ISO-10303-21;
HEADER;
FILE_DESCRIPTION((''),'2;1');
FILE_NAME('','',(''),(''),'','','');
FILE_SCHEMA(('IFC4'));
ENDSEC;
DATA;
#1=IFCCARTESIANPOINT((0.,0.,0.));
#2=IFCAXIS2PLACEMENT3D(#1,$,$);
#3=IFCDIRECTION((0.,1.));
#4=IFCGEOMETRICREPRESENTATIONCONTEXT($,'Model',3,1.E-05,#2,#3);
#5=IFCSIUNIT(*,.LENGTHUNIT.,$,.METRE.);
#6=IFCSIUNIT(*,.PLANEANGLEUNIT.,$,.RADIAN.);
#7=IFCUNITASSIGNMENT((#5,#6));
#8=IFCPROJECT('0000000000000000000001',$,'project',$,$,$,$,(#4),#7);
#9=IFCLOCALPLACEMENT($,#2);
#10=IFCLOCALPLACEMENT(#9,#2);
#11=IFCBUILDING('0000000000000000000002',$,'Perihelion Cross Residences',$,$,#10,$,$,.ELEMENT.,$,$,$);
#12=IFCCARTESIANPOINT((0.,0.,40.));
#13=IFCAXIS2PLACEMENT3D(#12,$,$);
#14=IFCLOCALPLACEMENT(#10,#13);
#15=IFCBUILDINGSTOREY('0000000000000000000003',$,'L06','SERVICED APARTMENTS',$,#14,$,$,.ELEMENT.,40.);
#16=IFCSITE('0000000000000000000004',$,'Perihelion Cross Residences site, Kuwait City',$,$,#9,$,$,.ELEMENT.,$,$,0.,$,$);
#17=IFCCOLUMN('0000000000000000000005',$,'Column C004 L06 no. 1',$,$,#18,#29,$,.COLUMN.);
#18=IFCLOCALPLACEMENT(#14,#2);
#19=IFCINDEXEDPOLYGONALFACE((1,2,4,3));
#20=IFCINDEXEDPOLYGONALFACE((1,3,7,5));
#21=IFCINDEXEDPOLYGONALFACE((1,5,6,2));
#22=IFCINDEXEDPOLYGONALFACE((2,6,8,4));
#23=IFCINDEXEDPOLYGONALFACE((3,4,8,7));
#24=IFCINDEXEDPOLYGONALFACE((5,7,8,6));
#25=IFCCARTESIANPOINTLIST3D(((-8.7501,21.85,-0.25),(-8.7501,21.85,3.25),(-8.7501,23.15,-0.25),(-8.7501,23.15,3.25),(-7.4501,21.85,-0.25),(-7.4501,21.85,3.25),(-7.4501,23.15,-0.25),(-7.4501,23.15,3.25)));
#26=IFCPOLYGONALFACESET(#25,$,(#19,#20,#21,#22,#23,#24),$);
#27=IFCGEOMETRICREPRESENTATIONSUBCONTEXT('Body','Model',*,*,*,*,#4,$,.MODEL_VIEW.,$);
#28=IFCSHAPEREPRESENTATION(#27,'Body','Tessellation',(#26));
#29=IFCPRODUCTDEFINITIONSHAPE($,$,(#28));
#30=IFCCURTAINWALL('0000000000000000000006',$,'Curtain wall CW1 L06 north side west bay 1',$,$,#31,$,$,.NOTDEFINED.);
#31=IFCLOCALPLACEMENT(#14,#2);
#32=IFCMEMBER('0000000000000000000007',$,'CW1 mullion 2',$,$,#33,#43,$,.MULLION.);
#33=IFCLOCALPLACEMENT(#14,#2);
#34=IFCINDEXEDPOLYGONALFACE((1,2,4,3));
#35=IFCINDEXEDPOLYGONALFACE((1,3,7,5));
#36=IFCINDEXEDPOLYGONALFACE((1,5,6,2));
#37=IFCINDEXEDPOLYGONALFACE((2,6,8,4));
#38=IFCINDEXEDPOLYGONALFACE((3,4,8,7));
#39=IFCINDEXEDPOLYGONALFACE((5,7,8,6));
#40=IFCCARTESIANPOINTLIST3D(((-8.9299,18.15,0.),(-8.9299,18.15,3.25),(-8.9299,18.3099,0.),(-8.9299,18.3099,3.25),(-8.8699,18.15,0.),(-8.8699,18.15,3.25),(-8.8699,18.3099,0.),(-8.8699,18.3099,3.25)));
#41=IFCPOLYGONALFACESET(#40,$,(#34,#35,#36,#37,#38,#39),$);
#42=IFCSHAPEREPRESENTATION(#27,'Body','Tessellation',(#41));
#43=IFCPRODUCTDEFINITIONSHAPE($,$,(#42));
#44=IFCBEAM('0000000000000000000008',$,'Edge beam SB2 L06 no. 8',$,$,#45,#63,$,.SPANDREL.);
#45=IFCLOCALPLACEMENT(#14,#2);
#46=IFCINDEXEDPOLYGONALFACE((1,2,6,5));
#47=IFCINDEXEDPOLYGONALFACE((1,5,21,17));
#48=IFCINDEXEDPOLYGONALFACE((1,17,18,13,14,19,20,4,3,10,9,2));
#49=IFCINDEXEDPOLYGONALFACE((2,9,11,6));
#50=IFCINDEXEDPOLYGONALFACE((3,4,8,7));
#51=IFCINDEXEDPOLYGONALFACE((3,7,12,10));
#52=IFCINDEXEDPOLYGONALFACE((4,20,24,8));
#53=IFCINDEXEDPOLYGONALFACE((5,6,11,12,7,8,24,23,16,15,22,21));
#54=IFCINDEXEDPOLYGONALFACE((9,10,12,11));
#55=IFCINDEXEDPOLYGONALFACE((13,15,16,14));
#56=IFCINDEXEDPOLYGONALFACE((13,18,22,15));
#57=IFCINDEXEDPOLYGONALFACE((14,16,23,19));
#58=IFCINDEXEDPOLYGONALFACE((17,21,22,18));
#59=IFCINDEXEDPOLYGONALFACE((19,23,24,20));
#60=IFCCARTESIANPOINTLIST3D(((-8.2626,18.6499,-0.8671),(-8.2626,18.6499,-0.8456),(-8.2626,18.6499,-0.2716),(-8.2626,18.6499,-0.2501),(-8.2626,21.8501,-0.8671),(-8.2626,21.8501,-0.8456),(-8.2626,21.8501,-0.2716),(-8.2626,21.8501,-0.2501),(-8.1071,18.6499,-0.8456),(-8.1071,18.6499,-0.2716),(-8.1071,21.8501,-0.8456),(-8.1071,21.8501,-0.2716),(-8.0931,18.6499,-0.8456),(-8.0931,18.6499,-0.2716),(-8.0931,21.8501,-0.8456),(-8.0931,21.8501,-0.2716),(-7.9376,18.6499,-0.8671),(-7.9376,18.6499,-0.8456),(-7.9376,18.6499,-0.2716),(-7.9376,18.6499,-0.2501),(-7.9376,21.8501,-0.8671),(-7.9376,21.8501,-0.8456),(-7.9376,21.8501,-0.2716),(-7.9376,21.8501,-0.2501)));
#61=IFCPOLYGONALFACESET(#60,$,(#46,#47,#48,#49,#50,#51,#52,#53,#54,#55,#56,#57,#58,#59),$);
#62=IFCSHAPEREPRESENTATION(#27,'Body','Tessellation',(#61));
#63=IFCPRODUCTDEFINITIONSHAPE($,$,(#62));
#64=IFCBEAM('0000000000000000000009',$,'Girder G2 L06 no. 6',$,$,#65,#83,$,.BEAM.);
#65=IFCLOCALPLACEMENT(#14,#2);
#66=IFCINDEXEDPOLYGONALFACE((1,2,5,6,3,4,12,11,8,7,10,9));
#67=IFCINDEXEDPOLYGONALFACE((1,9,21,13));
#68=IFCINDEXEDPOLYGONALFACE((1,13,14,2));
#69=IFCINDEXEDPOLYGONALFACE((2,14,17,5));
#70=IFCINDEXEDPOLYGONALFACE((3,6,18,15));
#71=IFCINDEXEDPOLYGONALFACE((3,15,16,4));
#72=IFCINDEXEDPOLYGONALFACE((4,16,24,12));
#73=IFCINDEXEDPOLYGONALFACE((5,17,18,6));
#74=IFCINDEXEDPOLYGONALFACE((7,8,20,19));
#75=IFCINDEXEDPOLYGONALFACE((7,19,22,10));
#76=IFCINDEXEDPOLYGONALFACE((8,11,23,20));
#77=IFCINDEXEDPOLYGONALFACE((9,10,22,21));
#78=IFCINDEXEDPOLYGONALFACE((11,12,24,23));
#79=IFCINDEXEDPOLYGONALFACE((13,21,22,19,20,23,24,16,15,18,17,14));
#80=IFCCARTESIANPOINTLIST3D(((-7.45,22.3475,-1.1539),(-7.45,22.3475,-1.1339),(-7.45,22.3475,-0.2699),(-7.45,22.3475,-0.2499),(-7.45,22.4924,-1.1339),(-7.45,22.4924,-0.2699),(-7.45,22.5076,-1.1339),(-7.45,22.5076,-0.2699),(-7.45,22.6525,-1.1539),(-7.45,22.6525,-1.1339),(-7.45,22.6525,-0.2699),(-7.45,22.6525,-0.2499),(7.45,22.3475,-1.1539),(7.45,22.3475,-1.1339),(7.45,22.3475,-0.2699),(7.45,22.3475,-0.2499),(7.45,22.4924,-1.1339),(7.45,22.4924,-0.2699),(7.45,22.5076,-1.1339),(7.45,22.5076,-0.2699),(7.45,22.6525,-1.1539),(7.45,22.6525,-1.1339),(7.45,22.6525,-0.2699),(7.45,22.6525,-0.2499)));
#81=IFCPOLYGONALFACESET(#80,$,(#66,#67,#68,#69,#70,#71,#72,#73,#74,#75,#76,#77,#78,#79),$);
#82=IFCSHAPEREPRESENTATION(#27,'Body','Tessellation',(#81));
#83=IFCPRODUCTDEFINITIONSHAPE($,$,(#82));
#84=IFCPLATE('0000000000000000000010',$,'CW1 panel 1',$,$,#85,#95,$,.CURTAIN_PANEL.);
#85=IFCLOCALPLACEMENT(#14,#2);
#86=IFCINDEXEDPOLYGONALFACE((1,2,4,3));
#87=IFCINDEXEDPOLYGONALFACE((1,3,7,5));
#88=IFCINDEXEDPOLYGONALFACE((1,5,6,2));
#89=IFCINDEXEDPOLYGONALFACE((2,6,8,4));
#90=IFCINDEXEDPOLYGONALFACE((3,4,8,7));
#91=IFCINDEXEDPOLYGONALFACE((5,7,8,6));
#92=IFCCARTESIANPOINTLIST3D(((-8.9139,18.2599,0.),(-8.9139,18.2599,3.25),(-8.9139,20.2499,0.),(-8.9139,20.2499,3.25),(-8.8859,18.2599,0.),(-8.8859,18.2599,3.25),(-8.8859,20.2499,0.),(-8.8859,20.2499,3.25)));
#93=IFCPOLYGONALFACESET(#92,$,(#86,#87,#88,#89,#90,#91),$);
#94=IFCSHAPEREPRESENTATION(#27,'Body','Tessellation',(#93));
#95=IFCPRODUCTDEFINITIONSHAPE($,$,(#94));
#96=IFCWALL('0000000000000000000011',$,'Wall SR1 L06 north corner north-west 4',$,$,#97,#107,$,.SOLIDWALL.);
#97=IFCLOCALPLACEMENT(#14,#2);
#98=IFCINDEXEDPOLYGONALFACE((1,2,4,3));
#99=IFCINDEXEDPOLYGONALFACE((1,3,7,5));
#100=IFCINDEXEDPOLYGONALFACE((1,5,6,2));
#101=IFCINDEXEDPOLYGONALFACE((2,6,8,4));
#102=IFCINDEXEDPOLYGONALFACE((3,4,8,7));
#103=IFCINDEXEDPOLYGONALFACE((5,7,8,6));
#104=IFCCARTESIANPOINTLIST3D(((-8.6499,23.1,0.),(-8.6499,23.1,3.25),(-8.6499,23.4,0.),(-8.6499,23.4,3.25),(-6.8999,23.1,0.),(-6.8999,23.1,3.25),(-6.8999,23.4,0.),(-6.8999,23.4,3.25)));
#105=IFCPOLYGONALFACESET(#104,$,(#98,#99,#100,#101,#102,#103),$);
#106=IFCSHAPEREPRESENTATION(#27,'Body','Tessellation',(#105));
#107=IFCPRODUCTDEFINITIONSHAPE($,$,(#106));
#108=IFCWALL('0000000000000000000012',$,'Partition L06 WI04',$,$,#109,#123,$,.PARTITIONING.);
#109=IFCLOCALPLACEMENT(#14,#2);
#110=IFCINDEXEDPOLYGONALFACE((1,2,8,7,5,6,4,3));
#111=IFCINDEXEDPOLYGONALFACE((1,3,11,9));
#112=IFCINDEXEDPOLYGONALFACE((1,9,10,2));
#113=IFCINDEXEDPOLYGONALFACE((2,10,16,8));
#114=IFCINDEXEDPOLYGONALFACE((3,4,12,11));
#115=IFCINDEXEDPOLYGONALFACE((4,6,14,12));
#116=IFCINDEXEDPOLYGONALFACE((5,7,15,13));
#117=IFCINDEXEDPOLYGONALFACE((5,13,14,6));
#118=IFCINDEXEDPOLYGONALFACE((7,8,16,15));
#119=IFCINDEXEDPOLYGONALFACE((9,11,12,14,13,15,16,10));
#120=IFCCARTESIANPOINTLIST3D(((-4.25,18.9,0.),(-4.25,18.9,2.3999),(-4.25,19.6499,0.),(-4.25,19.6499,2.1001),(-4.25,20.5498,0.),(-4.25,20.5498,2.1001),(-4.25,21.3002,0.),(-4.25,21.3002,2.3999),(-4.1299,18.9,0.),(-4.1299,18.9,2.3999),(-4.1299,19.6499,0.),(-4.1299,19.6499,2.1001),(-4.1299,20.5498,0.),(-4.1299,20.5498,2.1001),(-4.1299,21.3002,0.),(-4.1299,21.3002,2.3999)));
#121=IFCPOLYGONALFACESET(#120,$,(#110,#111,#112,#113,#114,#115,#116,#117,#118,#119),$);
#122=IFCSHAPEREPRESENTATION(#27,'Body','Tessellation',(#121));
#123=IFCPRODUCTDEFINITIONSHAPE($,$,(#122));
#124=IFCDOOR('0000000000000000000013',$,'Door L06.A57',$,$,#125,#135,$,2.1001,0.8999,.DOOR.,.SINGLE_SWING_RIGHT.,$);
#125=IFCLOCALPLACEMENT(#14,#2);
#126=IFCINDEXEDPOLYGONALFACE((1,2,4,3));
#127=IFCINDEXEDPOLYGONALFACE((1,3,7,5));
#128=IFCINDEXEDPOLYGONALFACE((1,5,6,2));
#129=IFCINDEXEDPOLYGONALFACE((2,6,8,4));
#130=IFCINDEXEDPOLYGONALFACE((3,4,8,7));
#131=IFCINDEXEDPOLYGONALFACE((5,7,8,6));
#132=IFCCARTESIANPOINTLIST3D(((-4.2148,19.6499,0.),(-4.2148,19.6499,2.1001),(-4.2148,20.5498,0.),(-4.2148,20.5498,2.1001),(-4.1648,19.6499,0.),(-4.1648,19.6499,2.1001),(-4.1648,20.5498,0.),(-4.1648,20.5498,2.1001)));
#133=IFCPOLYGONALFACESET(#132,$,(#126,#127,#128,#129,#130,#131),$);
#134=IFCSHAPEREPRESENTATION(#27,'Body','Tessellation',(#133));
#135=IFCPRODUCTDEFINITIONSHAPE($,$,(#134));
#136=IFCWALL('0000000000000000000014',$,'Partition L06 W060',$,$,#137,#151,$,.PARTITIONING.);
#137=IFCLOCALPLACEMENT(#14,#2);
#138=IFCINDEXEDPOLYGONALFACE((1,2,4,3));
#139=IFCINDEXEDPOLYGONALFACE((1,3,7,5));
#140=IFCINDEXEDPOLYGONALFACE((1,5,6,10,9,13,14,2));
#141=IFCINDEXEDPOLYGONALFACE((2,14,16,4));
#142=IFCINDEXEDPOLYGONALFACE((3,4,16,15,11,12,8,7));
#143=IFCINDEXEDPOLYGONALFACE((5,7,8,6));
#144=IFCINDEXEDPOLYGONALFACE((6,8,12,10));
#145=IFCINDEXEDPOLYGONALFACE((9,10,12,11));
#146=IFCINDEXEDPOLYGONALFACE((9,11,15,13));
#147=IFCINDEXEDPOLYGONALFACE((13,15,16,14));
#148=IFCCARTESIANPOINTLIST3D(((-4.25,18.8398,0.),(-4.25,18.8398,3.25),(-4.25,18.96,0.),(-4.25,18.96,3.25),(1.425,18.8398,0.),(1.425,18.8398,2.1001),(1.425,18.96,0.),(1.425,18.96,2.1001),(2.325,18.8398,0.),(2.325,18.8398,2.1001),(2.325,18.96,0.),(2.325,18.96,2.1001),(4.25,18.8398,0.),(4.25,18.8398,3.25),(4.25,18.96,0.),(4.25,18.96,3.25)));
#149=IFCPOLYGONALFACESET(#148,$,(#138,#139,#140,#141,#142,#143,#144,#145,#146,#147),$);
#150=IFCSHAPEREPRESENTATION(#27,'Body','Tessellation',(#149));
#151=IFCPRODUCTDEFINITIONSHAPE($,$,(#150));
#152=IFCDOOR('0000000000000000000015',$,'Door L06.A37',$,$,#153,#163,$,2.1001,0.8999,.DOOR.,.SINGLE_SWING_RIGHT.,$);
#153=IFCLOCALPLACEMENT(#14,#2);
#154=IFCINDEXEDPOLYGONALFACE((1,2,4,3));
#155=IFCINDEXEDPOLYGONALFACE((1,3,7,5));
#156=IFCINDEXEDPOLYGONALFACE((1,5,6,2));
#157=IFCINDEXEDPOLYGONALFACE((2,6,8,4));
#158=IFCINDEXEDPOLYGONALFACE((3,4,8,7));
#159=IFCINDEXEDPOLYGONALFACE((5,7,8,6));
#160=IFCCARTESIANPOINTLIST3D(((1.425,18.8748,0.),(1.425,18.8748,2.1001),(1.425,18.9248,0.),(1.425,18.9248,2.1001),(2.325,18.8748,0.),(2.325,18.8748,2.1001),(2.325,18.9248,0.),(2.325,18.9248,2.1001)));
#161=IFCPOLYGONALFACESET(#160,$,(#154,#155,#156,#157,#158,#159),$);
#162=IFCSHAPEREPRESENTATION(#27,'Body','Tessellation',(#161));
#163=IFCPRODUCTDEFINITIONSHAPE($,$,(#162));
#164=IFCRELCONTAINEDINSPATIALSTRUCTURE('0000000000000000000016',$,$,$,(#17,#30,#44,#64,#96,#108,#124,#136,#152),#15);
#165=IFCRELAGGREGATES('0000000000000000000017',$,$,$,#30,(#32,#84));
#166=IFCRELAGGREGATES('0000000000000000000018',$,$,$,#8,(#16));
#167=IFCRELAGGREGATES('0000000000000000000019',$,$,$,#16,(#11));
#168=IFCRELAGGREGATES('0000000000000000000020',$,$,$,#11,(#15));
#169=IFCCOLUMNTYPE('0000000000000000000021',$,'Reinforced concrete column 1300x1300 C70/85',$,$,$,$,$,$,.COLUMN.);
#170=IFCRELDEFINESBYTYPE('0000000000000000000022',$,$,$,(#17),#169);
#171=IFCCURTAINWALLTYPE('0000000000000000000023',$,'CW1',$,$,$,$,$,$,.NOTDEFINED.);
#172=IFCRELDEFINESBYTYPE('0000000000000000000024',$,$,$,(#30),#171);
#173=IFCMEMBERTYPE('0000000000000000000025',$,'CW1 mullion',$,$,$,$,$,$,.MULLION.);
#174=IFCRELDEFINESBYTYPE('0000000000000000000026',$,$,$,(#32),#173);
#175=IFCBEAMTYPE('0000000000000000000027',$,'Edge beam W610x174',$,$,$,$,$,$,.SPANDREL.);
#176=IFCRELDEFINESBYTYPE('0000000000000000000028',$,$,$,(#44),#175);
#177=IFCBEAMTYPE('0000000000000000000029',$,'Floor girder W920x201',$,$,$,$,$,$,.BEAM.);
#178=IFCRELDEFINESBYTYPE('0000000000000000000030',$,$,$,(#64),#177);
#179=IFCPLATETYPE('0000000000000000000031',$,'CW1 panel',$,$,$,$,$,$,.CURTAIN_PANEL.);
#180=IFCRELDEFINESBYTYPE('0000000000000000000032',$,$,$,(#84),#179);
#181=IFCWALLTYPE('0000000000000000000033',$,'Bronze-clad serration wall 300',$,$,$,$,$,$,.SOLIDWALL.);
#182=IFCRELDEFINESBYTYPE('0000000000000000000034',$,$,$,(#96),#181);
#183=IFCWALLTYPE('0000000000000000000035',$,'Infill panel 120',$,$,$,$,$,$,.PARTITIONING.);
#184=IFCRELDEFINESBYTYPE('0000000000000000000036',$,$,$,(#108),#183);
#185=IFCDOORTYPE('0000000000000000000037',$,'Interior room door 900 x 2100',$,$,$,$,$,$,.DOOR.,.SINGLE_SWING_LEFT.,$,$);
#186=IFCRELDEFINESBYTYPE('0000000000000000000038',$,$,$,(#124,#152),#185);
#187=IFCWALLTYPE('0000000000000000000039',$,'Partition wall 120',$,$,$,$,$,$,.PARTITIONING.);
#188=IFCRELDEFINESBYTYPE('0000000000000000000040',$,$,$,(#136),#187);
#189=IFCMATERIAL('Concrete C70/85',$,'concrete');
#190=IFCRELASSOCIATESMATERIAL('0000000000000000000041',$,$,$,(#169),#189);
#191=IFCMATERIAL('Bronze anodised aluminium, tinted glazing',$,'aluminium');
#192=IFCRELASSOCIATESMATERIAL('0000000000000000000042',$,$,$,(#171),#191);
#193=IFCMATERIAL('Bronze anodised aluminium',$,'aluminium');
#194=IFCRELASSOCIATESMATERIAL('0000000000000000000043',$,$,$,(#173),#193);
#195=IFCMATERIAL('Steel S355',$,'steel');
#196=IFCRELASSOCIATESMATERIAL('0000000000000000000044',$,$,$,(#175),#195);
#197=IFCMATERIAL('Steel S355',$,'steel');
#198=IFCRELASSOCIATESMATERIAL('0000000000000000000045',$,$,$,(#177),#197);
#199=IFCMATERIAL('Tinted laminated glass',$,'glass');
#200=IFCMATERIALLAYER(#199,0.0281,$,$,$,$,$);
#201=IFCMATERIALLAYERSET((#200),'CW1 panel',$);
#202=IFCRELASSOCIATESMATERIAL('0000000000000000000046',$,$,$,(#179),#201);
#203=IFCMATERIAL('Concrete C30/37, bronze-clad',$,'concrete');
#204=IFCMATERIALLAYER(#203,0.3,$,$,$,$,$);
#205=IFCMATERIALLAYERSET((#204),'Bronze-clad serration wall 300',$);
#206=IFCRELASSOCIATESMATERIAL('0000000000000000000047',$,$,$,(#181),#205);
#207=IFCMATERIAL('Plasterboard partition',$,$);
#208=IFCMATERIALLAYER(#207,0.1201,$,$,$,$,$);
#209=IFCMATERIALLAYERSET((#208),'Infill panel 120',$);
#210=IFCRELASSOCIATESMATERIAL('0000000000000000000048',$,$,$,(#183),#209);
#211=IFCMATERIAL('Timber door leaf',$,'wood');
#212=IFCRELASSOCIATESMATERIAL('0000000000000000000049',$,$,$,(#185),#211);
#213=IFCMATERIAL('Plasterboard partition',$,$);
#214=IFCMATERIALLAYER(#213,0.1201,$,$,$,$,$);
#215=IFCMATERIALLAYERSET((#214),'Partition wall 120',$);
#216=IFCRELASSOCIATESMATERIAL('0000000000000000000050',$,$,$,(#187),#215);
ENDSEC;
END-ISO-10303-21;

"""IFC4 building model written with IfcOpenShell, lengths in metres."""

from ifc_helpers import new_model, si_unit, direction, frame, frame_2d, origin, origin_2d, place, context, subcontext, project, spatial, rectangle, i_section, extrude, material, layer, layer_set, material_profile, profile_set, type_object, element, fill, aggregate, save


model = new_model("IFC4")

# Units and contexts
model_context = context("Model", 3, precision=1e-05, world=origin(), true_north=direction((0.0, 1.0)))
body_context = subcontext(model_context, "Body", "Model", "MODEL_VIEW")
ifc_project = project(units=[si_unit("LENGTHUNIT", "METRE"), si_unit("PLANEANGLEUNIT", "RADIAN")], contexts=[model_context])

# Site, building, storey
site_placement = place(None, origin())
site = spatial("IfcSite", under=ifc_project, at=site_placement, Name="Perihelion Cross Residences site, Kuwait City", CompositionType="ELEMENT", RefElevation=0.0)
building_placement = place(site_placement, origin())
building = spatial("IfcBuilding", under=site, at=building_placement, Name="Perihelion Cross Residences", CompositionType="ELEMENT")
storey_placement = place(building_placement, frame((0.0, 0.0, 40.0)))
storey = spatial("IfcBuildingStorey", under=building, at=storey_placement, Name="L06", Description="SERVICED APARTMENTS", CompositionType="ELEMENT", Elevation=40.0)

# Column
ifc_material_1 = material(Name="Concrete C70/85", Category="concrete")
ifc_material_profile_1 = material_profile(ifc_material_1, rectangle(XDim=1.3, YDim=1.3, at=origin_2d()), Name="RC 1300x1300")
ifc_profile_set_1 = profile_set([ifc_material_profile_1], Name="Concrete C70/85")
column_type = type_object("IfcColumnType", Name="Reinforced concrete column 1300x1300 C70/85", PredefinedType="COLUMN", material=ifc_profile_set_1)
column_placement = place(storey_placement, frame((-8.1001, 22.5, -0.25), z_axis=(0.0, 0.0, 1.0), x_axis=(1.0, 0.0, 0.0)))
element("IfcColumn", 1, at=column_placement, inside=storey, type_object=column_type, Name="Column C004 L06 no. 1", PredefinedType="COLUMN", context=body_context, shape_type="SweptSolid", body=[
    extrude(rectangle(XDim=1.3, YDim=1.3, at=origin_2d()), origin(), (0.0, 0.0, 1.0), 3.5),
])

# Curtain wall, member
ifc_material_2 = material(Name="Bronze anodised aluminium, tinted glazing", Category="aluminium")
curtain_wall_type = type_object("IfcCurtainWallType", Name="CW1", PredefinedType="NOTDEFINED", material=ifc_material_2)
curtain_wall_placement = place(storey_placement, origin())
curtain_wall = element("IfcCurtainWall", 2, at=curtain_wall_placement, inside=storey, type_object=curtain_wall_type, Name="Curtain wall CW1 L06 north side west bay 1", PredefinedType="NOTDEFINED")
ifc_material_3 = material(Name="Bronze anodised aluminium", Category="aluminium")
ifc_material_profile_2 = material_profile(ifc_material_3, rectangle(XDim=0.0601, YDim=0.1599, at=origin_2d()), Name="CW1 mullion")
ifc_profile_set_2 = profile_set([ifc_material_profile_2], Name="Bronze anodised aluminium")
member_type = type_object("IfcMemberType", Name="CW1 mullion", PredefinedType="MULLION", material=ifc_profile_set_2)
member_placement = place(storey_placement, frame((-8.8999, 18.23, 0.0), z_axis=(0.0, 0.0, 1.0), x_axis=(1.0, 0.0, 0.0)))
member = element("IfcMember", 3, at=member_placement, type_object=member_type, Name="CW1 mullion 2", PredefinedType="MULLION", context=body_context, shape_type="SweptSolid", body=[
    extrude(rectangle(XDim=0.0601, YDim=0.1599, at=origin_2d()), origin(), (0.0, 0.0, 1.0), 3.25),
])

# Beams
ifc_material_4 = material(Name="Steel S355", Category="steel")
ifc_material_profile_3 = material_profile(ifc_material_4, i_section(OverallWidth=0.325, OverallDepth=0.6169, WebThickness=0.0139, FlangeThickness=0.0215, at=origin_2d()), Name="W610x174")
ifc_profile_set_3 = profile_set([ifc_material_profile_3], Name="Steel S355")
beam_type_1 = type_object("IfcBeamType", Name="Edge beam W610x174", PredefinedType="SPANDREL", material=ifc_profile_set_3)
beam_1_placement = place(storey_placement, frame((-8.1001, 21.8501, -0.5586), z_axis=(0.0, -1.0, 0.0), x_axis=(1.0, 0.0, 0.0)))
element("IfcBeam", 4, at=beam_1_placement, inside=storey, type_object=beam_type_1, Name="Edge beam SB2 L06 no. 8", PredefinedType="SPANDREL", context=body_context, shape_type="SweptSolid", body=[
    extrude(i_section(OverallWidth=0.325, OverallDepth=0.6169, WebThickness=0.0139, FlangeThickness=0.0215, at=origin_2d()), origin(), (0.0, 0.0, 1.0), 3.2002),
])
ifc_material_5 = material(Name="Steel S355", Category="steel")
ifc_material_profile_4 = material_profile(ifc_material_5, i_section(OverallWidth=0.3049, OverallDepth=0.9041, WebThickness=0.0151, FlangeThickness=0.02, at=origin_2d()), Name="W920x201")
ifc_profile_set_4 = profile_set([ifc_material_profile_4], Name="Steel S355")
beam_type_2 = type_object("IfcBeamType", Name="Floor girder W920x201", PredefinedType="BEAM", material=ifc_profile_set_4)
beam_2_placement = place(storey_placement, frame((-7.45, 22.5, -0.7019), z_axis=(1.0, 0.0, 0.0), x_axis=(0.0, 1.0, 0.0)))
element("IfcBeam", 5, at=beam_2_placement, inside=storey, type_object=beam_type_2, Name="Girder G2 L06 no. 6", PredefinedType="BEAM", context=body_context, shape_type="SweptSolid", body=[
    extrude(i_section(OverallWidth=0.3049, OverallDepth=0.9041, WebThickness=0.0151, FlangeThickness=0.02, at=origin_2d()), origin(), (0.0, 0.0, 1.0), 14.8999),
])

# Plate
ifc_material_6 = material(Name="Tinted laminated glass", Category="glass")
ifc_layer_1 = layer(ifc_material_6, 0.0281)
ifc_layer_set_1 = layer_set([ifc_layer_1], Name="CW1 panel")
plate_type = type_object("IfcPlateType", Name="CW1 panel", PredefinedType="CURTAIN_PANEL", material=ifc_layer_set_1)
plate_placement = place(storey_placement, frame((-8.8999, 19.2549, 0.0), z_axis=(0.0, 0.0, 1.0), x_axis=(0.0, -1.0, 0.0)))
plate = element("IfcPlate", 6, at=plate_placement, type_object=plate_type, Name="CW1 panel 1", PredefinedType="CURTAIN_PANEL", context=body_context, shape_type="SweptSolid", body=[
    extrude(rectangle(XDim=1.99, YDim=0.0281, at=origin_2d()), origin(), (0.0, 0.0, 1.0), 3.25),
])
aggregate(curtain_wall, [member, plate])

# Wall
ifc_material_7 = material(Name="Concrete C30/37, bronze-clad", Category="concrete")
ifc_layer_2 = layer(ifc_material_7, 0.3)
ifc_layer_set_2 = layer_set([ifc_layer_2], Name="Bronze-clad serration wall 300")
wall_type_1 = type_object("IfcWallType", Name="Bronze-clad serration wall 300", PredefinedType="SOLIDWALL", material=ifc_layer_set_2)
wall_1_placement = place(storey_placement, frame((-6.8999, 23.25, 0.0), z_axis=(0.0, 0.0, 1.0), x_axis=(-1.0, 0.0, 0.0)))
element("IfcWall", 7, at=wall_1_placement, inside=storey, type_object=wall_type_1, Name="Wall SR1 L06 north corner north-west 4", PredefinedType="SOLIDWALL", context=body_context, shape_type="SweptSolid", body=[
    extrude(rectangle(XDim=1.75, YDim=0.3, at=frame_2d((0.875, 0.0))), origin(), (0.0, 0.0, 1.0), 3.25),
])

# Walls, openings, doors
ifc_material_8 = material(Name="Plasterboard partition")
ifc_layer_3 = layer(ifc_material_8, 0.1201)
ifc_layer_set_3 = layer_set([ifc_layer_3], Name="Infill panel 120")
wall_type_2 = type_object("IfcWallType", Name="Infill panel 120", PredefinedType="PARTITIONING", material=ifc_layer_set_3)
wall_2_placement = place(storey_placement, frame((-4.1899, 18.8999, 0.0), z_axis=(0.0, 0.0, 1.0), x_axis=(0.0, 1.0, 0.0)))
wall_2 = element("IfcWall", 8, at=wall_2_placement, inside=storey, type_object=wall_type_2, Name="Partition L06 WI04", PredefinedType="PARTITIONING", context=body_context, shape_type="SweptSolid", body=[
    extrude(rectangle(XDim=2.4001, YDim=0.1201, at=frame_2d((1.2002, 0.0))), origin(), (0.0, 0.0, 1.0), 2.3999),
])
opening_1_placement = place(wall_2_placement, frame((0.75, 0.0, 0.0)))
opening_1 = element("IfcOpeningElement", 9, at=opening_1_placement, cuts=wall_2, PredefinedType="OPENING", context=body_context, shape_type="SweptSolid", body=[
    extrude(rectangle(XDim=0.8999, YDim=2.1001, at=frame_2d((0.45, 1.05))), frame((0.0, 0.0701, 0.0), z_axis=(0.0, -1.0, 0.0), x_axis=(1.0, 0.0, 0.0)), (0.0, 0.0, 1.0), 0.1401),
])
ifc_material_9 = material(Name="Timber door leaf", Category="wood")
door_type_1 = type_object("IfcDoorType", Name="Interior room door 900 x 2100", OperationType="SINGLE_SWING_LEFT", PredefinedType="DOOR", material=ifc_material_9)
door_1_placement = place(opening_1_placement, origin())
door_1 = element("IfcDoor", 10, at=door_1_placement, inside=storey, type_object=door_type_1, Name="Door L06.A57", OperationType="SINGLE_SWING_RIGHT", OverallHeight=2.1001, OverallWidth=0.8999, PredefinedType="DOOR", context=body_context, shape_type="SweptSolid", body=[
    extrude(rectangle(XDim=0.8999, YDim=2.1001, at=frame_2d((0.45, 1.05))), frame((0.0, 0.0249, 0.0), z_axis=(0.0, -1.0, 0.0), x_axis=(1.0, 0.0, 0.0)), (0.0, 0.0, 1.0), 0.05),
])
fill(opening_1, door_1)
ifc_material_10 = material(Name="Plasterboard partition")
ifc_layer_4 = layer(ifc_material_10, 0.1201)
ifc_layer_set_4 = layer_set([ifc_layer_4], Name="Partition wall 120")
wall_type_3 = type_object("IfcWallType", Name="Partition wall 120", PredefinedType="PARTITIONING", material=ifc_layer_set_4)
wall_3_placement = place(storey_placement, frame((-4.25, 18.8999, 0.0), z_axis=(0.0, 0.0, 1.0), x_axis=(1.0, 0.0, 0.0)))
wall_3 = element("IfcWall", 11, at=wall_3_placement, inside=storey, type_object=wall_type_3, Name="Partition L06 W060", PredefinedType="PARTITIONING", context=body_context, shape_type="SweptSolid", body=[
    extrude(rectangle(XDim=8.5, YDim=0.1201, at=frame_2d((4.25, 0.0))), origin(), (0.0, 0.0, 1.0), 3.25),
])
opening_2_placement = place(wall_3_placement, frame((5.675, 0.0, 0.0)))
opening_2 = element("IfcOpeningElement", 12, at=opening_2_placement, cuts=wall_3, PredefinedType="OPENING", context=body_context, shape_type="SweptSolid", body=[
    extrude(rectangle(XDim=0.8999, YDim=2.1001, at=frame_2d((0.45, 1.05))), frame((0.0, 0.0701, 0.0), z_axis=(0.0, -1.0, 0.0), x_axis=(1.0, 0.0, 0.0)), (0.0, 0.0, 1.0), 0.1401),
])
door_2_placement = place(opening_2_placement, origin())
door_2 = element("IfcDoor", 13, at=door_2_placement, inside=storey, type_object=door_type_1, Name="Door L06.A37", OperationType="SINGLE_SWING_RIGHT", OverallHeight=2.1001, OverallWidth=0.8999, PredefinedType="DOOR", context=body_context, shape_type="SweptSolid", body=[
    extrude(rectangle(XDim=0.8999, YDim=2.1001, at=frame_2d((0.45, 1.05))), frame((0.0, 0.0249, 0.0), z_axis=(0.0, -1.0, 0.0), x_axis=(1.0, 0.0, 0.0)), (0.0, 0.0, 1.0), 0.05),
])
fill(opening_2, door_2)

save(model, "model.ifc")
